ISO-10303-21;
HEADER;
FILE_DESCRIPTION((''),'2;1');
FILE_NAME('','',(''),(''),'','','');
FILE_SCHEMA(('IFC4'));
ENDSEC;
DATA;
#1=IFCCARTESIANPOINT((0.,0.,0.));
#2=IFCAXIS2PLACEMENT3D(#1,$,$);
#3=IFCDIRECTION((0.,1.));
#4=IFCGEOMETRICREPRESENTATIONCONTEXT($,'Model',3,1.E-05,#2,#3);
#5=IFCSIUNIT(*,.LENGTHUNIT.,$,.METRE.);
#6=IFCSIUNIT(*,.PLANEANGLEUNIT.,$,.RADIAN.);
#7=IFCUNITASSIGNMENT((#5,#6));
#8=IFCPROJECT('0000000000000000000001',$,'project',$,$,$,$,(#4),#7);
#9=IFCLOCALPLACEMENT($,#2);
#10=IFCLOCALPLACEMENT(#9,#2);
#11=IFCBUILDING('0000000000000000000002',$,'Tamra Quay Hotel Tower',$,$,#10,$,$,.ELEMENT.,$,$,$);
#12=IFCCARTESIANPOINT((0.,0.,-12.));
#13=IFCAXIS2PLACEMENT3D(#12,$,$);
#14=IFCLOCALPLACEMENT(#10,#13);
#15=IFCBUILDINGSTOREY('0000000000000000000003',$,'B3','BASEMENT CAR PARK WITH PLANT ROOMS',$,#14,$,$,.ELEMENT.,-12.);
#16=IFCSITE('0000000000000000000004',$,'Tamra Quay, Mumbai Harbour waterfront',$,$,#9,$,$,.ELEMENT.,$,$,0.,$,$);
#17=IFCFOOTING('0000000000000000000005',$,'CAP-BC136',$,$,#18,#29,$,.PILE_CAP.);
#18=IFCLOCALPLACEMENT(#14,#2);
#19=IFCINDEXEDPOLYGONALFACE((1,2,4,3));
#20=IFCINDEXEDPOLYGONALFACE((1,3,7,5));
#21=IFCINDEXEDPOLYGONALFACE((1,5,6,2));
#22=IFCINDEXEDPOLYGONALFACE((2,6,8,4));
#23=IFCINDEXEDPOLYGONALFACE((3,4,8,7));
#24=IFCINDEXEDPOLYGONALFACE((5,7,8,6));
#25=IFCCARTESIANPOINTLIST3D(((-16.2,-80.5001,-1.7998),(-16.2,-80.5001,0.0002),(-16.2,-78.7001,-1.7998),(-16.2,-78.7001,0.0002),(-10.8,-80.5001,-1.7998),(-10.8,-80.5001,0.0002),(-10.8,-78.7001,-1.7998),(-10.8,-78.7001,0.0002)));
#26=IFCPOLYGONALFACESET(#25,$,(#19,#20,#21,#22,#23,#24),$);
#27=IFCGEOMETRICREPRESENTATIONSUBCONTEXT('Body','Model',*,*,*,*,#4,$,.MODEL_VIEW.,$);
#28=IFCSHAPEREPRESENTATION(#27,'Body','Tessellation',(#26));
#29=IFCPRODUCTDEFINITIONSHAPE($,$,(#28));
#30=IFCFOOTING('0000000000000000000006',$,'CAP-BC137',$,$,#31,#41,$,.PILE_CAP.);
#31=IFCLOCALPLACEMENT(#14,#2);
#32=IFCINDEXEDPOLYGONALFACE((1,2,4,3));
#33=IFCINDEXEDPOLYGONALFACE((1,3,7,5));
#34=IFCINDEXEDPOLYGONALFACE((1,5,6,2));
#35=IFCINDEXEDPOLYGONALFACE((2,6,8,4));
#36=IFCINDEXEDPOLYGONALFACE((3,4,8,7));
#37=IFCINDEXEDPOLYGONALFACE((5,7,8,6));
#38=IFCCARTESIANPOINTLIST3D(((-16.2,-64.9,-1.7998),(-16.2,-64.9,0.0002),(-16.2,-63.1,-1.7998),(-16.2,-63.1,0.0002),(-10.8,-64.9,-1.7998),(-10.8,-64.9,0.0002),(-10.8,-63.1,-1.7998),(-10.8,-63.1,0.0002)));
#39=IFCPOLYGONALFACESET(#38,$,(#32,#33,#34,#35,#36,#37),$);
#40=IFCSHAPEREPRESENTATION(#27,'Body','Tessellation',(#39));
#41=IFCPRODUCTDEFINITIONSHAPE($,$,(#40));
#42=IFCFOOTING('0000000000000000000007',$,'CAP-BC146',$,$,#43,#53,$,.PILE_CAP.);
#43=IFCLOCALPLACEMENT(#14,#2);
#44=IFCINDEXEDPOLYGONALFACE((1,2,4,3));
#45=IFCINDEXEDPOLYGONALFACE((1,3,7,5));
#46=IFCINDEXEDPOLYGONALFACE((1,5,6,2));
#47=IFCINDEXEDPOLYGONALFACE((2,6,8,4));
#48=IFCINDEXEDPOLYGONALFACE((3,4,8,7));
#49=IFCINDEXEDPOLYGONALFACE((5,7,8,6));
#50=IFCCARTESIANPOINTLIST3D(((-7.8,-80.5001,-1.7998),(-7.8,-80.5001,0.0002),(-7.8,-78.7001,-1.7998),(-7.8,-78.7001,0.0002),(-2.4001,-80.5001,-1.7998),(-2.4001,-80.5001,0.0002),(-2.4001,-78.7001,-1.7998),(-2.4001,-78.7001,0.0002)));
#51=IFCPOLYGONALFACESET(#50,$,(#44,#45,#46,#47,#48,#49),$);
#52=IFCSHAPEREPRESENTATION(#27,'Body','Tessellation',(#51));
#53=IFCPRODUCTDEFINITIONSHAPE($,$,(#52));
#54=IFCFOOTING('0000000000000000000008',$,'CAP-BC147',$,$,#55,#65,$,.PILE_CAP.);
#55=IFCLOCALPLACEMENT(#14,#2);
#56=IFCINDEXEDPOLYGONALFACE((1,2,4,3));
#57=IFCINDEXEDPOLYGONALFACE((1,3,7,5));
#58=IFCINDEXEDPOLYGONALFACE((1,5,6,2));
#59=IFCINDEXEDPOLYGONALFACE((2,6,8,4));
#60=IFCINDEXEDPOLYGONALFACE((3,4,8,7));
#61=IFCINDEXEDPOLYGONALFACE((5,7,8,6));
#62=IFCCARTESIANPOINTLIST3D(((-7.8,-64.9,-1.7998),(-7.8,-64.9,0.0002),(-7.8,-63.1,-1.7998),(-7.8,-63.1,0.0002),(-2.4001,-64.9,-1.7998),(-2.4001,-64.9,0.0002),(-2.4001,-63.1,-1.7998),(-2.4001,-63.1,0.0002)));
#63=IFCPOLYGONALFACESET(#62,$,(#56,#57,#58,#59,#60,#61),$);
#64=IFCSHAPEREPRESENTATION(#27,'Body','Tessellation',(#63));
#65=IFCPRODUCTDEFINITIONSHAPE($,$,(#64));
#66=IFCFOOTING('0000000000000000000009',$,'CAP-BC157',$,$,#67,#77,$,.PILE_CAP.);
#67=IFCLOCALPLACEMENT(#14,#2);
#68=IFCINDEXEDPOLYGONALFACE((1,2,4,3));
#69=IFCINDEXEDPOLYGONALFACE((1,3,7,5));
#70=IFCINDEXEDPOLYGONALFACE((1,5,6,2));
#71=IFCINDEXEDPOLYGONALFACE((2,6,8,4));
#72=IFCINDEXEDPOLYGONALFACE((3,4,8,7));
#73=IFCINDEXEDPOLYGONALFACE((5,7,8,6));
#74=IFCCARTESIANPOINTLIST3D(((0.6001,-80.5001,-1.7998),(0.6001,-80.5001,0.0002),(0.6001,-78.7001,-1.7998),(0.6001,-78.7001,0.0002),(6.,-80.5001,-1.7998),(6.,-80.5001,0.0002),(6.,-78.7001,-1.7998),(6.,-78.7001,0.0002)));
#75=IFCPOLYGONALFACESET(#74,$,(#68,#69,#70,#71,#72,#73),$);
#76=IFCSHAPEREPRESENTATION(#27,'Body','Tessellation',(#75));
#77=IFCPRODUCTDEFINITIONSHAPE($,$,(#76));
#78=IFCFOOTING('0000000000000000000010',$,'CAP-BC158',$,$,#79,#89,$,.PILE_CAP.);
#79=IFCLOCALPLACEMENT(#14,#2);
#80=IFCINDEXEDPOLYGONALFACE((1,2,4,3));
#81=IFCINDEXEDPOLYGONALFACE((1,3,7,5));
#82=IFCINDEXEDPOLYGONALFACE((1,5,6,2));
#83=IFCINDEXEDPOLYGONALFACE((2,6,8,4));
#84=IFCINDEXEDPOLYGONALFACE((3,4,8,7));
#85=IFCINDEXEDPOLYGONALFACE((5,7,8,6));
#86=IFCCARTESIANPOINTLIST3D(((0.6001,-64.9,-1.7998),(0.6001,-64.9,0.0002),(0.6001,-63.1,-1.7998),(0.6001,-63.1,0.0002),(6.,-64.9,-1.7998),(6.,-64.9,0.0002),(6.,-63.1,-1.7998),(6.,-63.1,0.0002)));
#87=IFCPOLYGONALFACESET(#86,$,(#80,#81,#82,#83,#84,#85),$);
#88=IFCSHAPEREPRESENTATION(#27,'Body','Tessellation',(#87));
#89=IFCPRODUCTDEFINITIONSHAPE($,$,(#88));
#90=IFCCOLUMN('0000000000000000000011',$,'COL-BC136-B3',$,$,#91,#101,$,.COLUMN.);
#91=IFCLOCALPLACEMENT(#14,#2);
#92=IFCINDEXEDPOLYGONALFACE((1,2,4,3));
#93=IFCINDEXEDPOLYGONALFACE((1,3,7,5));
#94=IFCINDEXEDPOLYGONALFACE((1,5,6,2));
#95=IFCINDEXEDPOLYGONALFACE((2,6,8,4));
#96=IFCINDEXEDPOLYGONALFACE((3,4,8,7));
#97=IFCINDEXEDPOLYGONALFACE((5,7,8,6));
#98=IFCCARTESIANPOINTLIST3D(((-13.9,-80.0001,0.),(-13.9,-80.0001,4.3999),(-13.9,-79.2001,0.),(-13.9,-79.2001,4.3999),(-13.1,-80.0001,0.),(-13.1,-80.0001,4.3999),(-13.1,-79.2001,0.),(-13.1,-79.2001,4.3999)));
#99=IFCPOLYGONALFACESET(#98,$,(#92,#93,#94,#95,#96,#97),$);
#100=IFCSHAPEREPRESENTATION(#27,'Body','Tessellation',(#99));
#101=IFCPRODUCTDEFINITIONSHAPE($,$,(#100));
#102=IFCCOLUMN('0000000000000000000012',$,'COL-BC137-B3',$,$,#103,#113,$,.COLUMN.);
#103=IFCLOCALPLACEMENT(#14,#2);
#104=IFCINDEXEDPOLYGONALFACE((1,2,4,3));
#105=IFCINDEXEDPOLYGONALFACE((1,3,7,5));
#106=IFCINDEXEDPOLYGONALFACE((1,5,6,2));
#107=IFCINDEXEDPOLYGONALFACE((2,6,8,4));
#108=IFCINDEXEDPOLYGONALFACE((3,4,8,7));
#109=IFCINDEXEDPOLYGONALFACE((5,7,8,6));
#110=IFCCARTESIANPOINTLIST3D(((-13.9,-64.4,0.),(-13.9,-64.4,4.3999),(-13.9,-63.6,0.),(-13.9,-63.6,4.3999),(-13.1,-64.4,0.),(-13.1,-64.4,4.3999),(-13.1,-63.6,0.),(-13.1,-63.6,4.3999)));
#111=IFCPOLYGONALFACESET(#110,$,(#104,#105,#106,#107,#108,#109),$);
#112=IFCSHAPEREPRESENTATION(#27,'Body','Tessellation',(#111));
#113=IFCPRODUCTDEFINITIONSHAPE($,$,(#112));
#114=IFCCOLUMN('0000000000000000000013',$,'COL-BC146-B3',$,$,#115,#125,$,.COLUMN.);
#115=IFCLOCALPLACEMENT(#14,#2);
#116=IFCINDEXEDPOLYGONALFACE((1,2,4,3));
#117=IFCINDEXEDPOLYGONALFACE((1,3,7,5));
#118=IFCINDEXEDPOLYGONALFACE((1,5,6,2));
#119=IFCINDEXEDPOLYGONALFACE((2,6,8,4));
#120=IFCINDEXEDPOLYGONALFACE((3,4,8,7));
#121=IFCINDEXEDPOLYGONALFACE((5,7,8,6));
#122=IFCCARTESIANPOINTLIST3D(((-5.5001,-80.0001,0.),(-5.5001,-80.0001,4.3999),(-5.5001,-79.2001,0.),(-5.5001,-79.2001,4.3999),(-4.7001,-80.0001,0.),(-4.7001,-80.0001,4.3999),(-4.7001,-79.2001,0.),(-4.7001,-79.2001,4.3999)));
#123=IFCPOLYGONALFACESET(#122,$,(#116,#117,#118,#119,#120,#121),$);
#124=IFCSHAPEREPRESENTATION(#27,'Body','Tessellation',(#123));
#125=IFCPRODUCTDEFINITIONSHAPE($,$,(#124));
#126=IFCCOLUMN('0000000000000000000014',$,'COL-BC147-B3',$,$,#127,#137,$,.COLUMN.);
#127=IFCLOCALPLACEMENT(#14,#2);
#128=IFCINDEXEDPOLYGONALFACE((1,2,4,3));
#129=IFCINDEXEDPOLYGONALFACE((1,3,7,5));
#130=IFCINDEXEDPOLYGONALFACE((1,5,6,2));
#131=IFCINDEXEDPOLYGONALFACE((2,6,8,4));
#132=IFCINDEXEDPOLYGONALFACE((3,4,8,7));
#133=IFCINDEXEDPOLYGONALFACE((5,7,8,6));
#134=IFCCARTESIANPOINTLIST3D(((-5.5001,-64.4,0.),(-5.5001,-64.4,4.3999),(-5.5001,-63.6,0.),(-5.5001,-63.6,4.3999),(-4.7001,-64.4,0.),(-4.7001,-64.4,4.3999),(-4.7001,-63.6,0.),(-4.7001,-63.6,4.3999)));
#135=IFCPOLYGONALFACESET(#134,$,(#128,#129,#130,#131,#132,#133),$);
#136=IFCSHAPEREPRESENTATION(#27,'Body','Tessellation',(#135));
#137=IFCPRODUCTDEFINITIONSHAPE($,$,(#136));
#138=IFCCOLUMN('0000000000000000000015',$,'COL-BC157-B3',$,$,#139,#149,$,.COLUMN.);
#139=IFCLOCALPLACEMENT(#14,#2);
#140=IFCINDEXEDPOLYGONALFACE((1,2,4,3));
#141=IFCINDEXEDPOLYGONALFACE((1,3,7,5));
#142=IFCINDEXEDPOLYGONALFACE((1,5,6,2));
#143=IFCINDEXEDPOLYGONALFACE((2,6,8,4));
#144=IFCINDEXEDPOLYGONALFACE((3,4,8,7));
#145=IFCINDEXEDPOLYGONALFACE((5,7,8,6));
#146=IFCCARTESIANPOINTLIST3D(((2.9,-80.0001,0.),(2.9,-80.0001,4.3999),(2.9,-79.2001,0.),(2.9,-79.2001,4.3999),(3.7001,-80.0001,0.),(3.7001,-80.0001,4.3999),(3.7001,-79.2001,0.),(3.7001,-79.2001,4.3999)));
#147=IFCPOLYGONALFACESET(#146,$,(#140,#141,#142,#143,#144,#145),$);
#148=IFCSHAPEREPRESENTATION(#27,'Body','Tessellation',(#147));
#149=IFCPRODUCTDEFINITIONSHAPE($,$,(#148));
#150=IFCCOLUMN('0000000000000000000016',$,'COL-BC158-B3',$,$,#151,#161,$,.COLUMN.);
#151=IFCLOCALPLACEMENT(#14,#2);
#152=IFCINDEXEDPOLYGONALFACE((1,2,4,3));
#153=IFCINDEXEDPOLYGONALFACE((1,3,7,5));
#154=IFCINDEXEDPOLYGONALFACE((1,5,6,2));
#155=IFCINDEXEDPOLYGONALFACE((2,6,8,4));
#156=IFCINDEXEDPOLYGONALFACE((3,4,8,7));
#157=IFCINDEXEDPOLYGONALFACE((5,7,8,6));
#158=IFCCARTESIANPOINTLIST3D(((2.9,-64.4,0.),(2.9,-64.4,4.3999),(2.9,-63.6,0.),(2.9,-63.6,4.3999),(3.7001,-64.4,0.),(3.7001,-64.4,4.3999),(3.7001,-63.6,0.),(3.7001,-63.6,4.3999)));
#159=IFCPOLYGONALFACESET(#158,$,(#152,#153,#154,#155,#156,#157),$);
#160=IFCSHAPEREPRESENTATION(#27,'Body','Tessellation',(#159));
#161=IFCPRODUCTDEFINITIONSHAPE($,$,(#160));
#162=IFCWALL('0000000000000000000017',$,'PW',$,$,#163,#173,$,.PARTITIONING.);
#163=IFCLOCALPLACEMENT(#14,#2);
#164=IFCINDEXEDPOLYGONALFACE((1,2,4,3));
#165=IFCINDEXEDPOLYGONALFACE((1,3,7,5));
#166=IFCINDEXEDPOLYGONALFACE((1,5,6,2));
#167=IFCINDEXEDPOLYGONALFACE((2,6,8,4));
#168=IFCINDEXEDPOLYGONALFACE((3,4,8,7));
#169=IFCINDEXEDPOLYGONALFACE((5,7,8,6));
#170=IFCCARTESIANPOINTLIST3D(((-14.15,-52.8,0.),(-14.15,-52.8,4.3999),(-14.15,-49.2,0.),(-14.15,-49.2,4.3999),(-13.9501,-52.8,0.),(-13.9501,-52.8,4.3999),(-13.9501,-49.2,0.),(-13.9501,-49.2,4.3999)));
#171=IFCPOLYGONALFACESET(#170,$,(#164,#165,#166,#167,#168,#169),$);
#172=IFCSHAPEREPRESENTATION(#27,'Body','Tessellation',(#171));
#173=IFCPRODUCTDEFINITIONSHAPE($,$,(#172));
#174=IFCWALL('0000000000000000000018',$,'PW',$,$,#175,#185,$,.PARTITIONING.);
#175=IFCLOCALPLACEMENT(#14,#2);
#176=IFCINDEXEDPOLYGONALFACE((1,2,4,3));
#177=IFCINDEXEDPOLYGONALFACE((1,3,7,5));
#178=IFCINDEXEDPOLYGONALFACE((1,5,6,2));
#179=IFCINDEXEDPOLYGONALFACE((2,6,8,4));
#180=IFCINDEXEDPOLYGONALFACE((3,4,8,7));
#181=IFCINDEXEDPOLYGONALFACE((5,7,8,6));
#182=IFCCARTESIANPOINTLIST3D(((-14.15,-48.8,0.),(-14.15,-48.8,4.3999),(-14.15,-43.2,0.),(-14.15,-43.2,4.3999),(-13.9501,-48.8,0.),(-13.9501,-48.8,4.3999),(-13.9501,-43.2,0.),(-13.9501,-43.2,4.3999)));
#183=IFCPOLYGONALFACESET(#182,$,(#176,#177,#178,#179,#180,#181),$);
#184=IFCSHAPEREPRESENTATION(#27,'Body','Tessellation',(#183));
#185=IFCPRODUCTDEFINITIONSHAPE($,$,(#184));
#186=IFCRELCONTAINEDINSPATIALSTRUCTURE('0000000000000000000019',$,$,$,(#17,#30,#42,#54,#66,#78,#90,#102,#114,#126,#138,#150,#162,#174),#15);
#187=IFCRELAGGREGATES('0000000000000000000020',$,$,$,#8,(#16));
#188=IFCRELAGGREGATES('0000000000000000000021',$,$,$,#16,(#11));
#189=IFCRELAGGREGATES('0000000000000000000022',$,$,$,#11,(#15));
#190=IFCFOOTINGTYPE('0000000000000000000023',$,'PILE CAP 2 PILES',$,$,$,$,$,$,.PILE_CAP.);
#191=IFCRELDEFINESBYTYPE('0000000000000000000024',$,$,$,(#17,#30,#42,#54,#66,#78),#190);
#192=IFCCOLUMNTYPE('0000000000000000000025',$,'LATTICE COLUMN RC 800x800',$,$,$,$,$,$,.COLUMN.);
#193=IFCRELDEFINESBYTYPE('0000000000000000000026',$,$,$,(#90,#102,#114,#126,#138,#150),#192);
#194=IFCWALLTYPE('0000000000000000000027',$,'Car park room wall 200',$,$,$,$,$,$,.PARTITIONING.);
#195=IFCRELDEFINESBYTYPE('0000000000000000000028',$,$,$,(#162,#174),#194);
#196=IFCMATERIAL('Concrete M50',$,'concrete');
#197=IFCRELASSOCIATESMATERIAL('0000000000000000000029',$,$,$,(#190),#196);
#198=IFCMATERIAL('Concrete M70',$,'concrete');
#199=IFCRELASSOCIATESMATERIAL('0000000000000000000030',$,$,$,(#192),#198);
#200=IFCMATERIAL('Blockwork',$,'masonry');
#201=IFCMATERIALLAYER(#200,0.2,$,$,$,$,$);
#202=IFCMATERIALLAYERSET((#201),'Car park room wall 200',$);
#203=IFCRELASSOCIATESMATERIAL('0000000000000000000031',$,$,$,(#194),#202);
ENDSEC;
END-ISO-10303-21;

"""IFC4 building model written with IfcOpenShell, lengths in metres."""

from ifc_helpers import new_model, si_unit, direction, frame, frame_2d, origin, origin_2d, place, context, subcontext, project, spatial, rectangle, extrude, material, layer, layer_set, material_profile, profile_set, type_object, element, save


model = new_model("IFC4")

# Units and contexts
model_context = context("Model", 3, precision=1e-05, world=origin(), true_north=direction((0.0, 1.0)))
body_context = subcontext(model_context, "Body", "Model", "MODEL_VIEW")
ifc_project = project(units=[si_unit("LENGTHUNIT", "METRE"), si_unit("PLANEANGLEUNIT", "RADIAN")], contexts=[model_context])

# Site, building, storey
site_placement = place(None, origin())
site = spatial("IfcSite", under=ifc_project, at=site_placement, Name="Tamra Quay, Mumbai Harbour waterfront", CompositionType="ELEMENT", RefElevation=0.0)
building_placement = place(site_placement, origin())
building = spatial("IfcBuilding", under=site, at=building_placement, Name="Tamra Quay Hotel Tower", CompositionType="ELEMENT")
storey_placement = place(building_placement, frame((0.0, 0.0, -12.0)))
storey = spatial("IfcBuildingStorey", under=building, at=storey_placement, Name="B3", Description="BASEMENT CAR PARK WITH PLANT ROOMS", CompositionType="ELEMENT", Elevation=-12.0)

# Footings
ifc_material_1 = material(Name="Concrete M50", Category="concrete")
footing_type = type_object("IfcFootingType", Name="PILE CAP 2 PILES", PredefinedType="PILE_CAP", material=ifc_material_1)
for number, where, z_axis, x_axis, name in (
    (1, (-13.5, -79.6001, -1.7998), (0.0, 0.0, 1.0), (1.0, 0.0, 0.0), "CAP-BC136"),
    (2, (-13.5, -64.0, -1.7998), (0.0, 0.0, 1.0), (1.0, 0.0, 0.0), "CAP-BC137"),
    (3, (-5.1001, -79.6001, -1.7998), (0.0, 0.0, 1.0), (1.0, 0.0, 0.0), "CAP-BC146"),
    (4, (-5.1001, -64.0, -1.7998), (0.0, 0.0, 1.0), (1.0, 0.0, 0.0), "CAP-BC147"),
    (5, (3.3, -79.6001, -1.7998), (0.0, 0.0, 1.0), (1.0, 0.0, 0.0), "CAP-BC157"),
    (6, (3.3, -64.0, -1.7998), (0.0, 0.0, 1.0), (1.0, 0.0, 0.0), "CAP-BC158"),
):
    element("IfcFooting", number, at=place(storey_placement, frame(where, z_axis=z_axis, x_axis=x_axis)), inside=storey, type_object=footing_type, Name=name, PredefinedType="PILE_CAP", context=body_context, shape_type="SweptSolid", body=[
        extrude(rectangle(XDim=5.3999, YDim=1.8, at=origin_2d()), origin(), (0.0, 0.0, 1.0), 1.8),
    ])

# Columns
ifc_material_2 = material(Name="Concrete M70", Category="concrete")
ifc_material_profile_1 = material_profile(ifc_material_2, rectangle(XDim=0.8, YDim=0.8, at=origin_2d()), Name="LATTICE COLUMN RC 800x800")
ifc_profile_set_1 = profile_set([ifc_material_profile_1], Name="Concrete M70")
column_type = type_object("IfcColumnType", Name="LATTICE COLUMN RC 800x800", PredefinedType="COLUMN", material=ifc_profile_set_1)
for number, where, z_axis, x_axis, name in (
    (7, (-13.5, -79.6001, 0.0), (0.0, 0.0, 1.0), (1.0, 0.0, 0.0), "COL-BC136-B3"),
    (8, (-13.5, -64.0, 0.0), (0.0, 0.0, 1.0), (1.0, 0.0, 0.0), "COL-BC137-B3"),
    (9, (-5.1001, -79.6001, 0.0), (0.0, 0.0, 1.0), (1.0, 0.0, 0.0), "COL-BC146-B3"),
    (10, (-5.1001, -64.0, 0.0), (0.0, 0.0, 1.0), (1.0, 0.0, 0.0), "COL-BC147-B3"),
    (11, (3.3, -79.6001, 0.0), (0.0, 0.0, 1.0), (1.0, 0.0, 0.0), "COL-BC157-B3"),
    (12, (3.3, -64.0, 0.0), (0.0, 0.0, 1.0), (1.0, 0.0, 0.0), "COL-BC158-B3"),
):
    element("IfcColumn", number, at=place(storey_placement, frame(where, z_axis=z_axis, x_axis=x_axis)), inside=storey, type_object=column_type, Name=name, PredefinedType="COLUMN", context=body_context, shape_type="SweptSolid", body=[
        extrude(rectangle(XDim=0.8, YDim=0.8, at=origin_2d()), origin(), (0.0, 0.0, 1.0), 4.3999),
    ])

# Walls
ifc_material_3 = material(Name="Blockwork", Category="masonry")
ifc_layer = layer(ifc_material_3, 0.2)
ifc_layer_set = layer_set([ifc_layer], Name="Car park room wall 200")
wall_type = type_object("IfcWallType", Name="Car park room wall 200", PredefinedType="PARTITIONING", material=ifc_layer_set)
wall_1_placement = place(storey_placement, frame((-14.05, -52.8, 0.0), z_axis=(0.0, 0.0, 1.0), x_axis=(0.0, 1.0, 0.0)))
element("IfcWall", 13, at=wall_1_placement, inside=storey, type_object=wall_type, Name="PW", PredefinedType="PARTITIONING", context=body_context, shape_type="SweptSolid", body=[
    extrude(rectangle(XDim=3.6001, YDim=0.2, at=frame_2d((1.8, 0.0))), origin(), (0.0, 0.0, 1.0), 4.3999),
])
wall_2_placement = place(storey_placement, frame((-14.05, -48.8, 0.0), z_axis=(0.0, 0.0, 1.0), x_axis=(0.0, 1.0, 0.0)))
element("IfcWall", 14, at=wall_2_placement, inside=storey, type_object=wall_type, Name="PW", PredefinedType="PARTITIONING", context=body_context, shape_type="SweptSolid", body=[
    extrude(rectangle(XDim=5.6001, YDim=0.2, at=frame_2d((2.8, 0.0))), origin(), (0.0, 0.0, 1.0), 4.3999),
])

save(model, "model.ifc")
